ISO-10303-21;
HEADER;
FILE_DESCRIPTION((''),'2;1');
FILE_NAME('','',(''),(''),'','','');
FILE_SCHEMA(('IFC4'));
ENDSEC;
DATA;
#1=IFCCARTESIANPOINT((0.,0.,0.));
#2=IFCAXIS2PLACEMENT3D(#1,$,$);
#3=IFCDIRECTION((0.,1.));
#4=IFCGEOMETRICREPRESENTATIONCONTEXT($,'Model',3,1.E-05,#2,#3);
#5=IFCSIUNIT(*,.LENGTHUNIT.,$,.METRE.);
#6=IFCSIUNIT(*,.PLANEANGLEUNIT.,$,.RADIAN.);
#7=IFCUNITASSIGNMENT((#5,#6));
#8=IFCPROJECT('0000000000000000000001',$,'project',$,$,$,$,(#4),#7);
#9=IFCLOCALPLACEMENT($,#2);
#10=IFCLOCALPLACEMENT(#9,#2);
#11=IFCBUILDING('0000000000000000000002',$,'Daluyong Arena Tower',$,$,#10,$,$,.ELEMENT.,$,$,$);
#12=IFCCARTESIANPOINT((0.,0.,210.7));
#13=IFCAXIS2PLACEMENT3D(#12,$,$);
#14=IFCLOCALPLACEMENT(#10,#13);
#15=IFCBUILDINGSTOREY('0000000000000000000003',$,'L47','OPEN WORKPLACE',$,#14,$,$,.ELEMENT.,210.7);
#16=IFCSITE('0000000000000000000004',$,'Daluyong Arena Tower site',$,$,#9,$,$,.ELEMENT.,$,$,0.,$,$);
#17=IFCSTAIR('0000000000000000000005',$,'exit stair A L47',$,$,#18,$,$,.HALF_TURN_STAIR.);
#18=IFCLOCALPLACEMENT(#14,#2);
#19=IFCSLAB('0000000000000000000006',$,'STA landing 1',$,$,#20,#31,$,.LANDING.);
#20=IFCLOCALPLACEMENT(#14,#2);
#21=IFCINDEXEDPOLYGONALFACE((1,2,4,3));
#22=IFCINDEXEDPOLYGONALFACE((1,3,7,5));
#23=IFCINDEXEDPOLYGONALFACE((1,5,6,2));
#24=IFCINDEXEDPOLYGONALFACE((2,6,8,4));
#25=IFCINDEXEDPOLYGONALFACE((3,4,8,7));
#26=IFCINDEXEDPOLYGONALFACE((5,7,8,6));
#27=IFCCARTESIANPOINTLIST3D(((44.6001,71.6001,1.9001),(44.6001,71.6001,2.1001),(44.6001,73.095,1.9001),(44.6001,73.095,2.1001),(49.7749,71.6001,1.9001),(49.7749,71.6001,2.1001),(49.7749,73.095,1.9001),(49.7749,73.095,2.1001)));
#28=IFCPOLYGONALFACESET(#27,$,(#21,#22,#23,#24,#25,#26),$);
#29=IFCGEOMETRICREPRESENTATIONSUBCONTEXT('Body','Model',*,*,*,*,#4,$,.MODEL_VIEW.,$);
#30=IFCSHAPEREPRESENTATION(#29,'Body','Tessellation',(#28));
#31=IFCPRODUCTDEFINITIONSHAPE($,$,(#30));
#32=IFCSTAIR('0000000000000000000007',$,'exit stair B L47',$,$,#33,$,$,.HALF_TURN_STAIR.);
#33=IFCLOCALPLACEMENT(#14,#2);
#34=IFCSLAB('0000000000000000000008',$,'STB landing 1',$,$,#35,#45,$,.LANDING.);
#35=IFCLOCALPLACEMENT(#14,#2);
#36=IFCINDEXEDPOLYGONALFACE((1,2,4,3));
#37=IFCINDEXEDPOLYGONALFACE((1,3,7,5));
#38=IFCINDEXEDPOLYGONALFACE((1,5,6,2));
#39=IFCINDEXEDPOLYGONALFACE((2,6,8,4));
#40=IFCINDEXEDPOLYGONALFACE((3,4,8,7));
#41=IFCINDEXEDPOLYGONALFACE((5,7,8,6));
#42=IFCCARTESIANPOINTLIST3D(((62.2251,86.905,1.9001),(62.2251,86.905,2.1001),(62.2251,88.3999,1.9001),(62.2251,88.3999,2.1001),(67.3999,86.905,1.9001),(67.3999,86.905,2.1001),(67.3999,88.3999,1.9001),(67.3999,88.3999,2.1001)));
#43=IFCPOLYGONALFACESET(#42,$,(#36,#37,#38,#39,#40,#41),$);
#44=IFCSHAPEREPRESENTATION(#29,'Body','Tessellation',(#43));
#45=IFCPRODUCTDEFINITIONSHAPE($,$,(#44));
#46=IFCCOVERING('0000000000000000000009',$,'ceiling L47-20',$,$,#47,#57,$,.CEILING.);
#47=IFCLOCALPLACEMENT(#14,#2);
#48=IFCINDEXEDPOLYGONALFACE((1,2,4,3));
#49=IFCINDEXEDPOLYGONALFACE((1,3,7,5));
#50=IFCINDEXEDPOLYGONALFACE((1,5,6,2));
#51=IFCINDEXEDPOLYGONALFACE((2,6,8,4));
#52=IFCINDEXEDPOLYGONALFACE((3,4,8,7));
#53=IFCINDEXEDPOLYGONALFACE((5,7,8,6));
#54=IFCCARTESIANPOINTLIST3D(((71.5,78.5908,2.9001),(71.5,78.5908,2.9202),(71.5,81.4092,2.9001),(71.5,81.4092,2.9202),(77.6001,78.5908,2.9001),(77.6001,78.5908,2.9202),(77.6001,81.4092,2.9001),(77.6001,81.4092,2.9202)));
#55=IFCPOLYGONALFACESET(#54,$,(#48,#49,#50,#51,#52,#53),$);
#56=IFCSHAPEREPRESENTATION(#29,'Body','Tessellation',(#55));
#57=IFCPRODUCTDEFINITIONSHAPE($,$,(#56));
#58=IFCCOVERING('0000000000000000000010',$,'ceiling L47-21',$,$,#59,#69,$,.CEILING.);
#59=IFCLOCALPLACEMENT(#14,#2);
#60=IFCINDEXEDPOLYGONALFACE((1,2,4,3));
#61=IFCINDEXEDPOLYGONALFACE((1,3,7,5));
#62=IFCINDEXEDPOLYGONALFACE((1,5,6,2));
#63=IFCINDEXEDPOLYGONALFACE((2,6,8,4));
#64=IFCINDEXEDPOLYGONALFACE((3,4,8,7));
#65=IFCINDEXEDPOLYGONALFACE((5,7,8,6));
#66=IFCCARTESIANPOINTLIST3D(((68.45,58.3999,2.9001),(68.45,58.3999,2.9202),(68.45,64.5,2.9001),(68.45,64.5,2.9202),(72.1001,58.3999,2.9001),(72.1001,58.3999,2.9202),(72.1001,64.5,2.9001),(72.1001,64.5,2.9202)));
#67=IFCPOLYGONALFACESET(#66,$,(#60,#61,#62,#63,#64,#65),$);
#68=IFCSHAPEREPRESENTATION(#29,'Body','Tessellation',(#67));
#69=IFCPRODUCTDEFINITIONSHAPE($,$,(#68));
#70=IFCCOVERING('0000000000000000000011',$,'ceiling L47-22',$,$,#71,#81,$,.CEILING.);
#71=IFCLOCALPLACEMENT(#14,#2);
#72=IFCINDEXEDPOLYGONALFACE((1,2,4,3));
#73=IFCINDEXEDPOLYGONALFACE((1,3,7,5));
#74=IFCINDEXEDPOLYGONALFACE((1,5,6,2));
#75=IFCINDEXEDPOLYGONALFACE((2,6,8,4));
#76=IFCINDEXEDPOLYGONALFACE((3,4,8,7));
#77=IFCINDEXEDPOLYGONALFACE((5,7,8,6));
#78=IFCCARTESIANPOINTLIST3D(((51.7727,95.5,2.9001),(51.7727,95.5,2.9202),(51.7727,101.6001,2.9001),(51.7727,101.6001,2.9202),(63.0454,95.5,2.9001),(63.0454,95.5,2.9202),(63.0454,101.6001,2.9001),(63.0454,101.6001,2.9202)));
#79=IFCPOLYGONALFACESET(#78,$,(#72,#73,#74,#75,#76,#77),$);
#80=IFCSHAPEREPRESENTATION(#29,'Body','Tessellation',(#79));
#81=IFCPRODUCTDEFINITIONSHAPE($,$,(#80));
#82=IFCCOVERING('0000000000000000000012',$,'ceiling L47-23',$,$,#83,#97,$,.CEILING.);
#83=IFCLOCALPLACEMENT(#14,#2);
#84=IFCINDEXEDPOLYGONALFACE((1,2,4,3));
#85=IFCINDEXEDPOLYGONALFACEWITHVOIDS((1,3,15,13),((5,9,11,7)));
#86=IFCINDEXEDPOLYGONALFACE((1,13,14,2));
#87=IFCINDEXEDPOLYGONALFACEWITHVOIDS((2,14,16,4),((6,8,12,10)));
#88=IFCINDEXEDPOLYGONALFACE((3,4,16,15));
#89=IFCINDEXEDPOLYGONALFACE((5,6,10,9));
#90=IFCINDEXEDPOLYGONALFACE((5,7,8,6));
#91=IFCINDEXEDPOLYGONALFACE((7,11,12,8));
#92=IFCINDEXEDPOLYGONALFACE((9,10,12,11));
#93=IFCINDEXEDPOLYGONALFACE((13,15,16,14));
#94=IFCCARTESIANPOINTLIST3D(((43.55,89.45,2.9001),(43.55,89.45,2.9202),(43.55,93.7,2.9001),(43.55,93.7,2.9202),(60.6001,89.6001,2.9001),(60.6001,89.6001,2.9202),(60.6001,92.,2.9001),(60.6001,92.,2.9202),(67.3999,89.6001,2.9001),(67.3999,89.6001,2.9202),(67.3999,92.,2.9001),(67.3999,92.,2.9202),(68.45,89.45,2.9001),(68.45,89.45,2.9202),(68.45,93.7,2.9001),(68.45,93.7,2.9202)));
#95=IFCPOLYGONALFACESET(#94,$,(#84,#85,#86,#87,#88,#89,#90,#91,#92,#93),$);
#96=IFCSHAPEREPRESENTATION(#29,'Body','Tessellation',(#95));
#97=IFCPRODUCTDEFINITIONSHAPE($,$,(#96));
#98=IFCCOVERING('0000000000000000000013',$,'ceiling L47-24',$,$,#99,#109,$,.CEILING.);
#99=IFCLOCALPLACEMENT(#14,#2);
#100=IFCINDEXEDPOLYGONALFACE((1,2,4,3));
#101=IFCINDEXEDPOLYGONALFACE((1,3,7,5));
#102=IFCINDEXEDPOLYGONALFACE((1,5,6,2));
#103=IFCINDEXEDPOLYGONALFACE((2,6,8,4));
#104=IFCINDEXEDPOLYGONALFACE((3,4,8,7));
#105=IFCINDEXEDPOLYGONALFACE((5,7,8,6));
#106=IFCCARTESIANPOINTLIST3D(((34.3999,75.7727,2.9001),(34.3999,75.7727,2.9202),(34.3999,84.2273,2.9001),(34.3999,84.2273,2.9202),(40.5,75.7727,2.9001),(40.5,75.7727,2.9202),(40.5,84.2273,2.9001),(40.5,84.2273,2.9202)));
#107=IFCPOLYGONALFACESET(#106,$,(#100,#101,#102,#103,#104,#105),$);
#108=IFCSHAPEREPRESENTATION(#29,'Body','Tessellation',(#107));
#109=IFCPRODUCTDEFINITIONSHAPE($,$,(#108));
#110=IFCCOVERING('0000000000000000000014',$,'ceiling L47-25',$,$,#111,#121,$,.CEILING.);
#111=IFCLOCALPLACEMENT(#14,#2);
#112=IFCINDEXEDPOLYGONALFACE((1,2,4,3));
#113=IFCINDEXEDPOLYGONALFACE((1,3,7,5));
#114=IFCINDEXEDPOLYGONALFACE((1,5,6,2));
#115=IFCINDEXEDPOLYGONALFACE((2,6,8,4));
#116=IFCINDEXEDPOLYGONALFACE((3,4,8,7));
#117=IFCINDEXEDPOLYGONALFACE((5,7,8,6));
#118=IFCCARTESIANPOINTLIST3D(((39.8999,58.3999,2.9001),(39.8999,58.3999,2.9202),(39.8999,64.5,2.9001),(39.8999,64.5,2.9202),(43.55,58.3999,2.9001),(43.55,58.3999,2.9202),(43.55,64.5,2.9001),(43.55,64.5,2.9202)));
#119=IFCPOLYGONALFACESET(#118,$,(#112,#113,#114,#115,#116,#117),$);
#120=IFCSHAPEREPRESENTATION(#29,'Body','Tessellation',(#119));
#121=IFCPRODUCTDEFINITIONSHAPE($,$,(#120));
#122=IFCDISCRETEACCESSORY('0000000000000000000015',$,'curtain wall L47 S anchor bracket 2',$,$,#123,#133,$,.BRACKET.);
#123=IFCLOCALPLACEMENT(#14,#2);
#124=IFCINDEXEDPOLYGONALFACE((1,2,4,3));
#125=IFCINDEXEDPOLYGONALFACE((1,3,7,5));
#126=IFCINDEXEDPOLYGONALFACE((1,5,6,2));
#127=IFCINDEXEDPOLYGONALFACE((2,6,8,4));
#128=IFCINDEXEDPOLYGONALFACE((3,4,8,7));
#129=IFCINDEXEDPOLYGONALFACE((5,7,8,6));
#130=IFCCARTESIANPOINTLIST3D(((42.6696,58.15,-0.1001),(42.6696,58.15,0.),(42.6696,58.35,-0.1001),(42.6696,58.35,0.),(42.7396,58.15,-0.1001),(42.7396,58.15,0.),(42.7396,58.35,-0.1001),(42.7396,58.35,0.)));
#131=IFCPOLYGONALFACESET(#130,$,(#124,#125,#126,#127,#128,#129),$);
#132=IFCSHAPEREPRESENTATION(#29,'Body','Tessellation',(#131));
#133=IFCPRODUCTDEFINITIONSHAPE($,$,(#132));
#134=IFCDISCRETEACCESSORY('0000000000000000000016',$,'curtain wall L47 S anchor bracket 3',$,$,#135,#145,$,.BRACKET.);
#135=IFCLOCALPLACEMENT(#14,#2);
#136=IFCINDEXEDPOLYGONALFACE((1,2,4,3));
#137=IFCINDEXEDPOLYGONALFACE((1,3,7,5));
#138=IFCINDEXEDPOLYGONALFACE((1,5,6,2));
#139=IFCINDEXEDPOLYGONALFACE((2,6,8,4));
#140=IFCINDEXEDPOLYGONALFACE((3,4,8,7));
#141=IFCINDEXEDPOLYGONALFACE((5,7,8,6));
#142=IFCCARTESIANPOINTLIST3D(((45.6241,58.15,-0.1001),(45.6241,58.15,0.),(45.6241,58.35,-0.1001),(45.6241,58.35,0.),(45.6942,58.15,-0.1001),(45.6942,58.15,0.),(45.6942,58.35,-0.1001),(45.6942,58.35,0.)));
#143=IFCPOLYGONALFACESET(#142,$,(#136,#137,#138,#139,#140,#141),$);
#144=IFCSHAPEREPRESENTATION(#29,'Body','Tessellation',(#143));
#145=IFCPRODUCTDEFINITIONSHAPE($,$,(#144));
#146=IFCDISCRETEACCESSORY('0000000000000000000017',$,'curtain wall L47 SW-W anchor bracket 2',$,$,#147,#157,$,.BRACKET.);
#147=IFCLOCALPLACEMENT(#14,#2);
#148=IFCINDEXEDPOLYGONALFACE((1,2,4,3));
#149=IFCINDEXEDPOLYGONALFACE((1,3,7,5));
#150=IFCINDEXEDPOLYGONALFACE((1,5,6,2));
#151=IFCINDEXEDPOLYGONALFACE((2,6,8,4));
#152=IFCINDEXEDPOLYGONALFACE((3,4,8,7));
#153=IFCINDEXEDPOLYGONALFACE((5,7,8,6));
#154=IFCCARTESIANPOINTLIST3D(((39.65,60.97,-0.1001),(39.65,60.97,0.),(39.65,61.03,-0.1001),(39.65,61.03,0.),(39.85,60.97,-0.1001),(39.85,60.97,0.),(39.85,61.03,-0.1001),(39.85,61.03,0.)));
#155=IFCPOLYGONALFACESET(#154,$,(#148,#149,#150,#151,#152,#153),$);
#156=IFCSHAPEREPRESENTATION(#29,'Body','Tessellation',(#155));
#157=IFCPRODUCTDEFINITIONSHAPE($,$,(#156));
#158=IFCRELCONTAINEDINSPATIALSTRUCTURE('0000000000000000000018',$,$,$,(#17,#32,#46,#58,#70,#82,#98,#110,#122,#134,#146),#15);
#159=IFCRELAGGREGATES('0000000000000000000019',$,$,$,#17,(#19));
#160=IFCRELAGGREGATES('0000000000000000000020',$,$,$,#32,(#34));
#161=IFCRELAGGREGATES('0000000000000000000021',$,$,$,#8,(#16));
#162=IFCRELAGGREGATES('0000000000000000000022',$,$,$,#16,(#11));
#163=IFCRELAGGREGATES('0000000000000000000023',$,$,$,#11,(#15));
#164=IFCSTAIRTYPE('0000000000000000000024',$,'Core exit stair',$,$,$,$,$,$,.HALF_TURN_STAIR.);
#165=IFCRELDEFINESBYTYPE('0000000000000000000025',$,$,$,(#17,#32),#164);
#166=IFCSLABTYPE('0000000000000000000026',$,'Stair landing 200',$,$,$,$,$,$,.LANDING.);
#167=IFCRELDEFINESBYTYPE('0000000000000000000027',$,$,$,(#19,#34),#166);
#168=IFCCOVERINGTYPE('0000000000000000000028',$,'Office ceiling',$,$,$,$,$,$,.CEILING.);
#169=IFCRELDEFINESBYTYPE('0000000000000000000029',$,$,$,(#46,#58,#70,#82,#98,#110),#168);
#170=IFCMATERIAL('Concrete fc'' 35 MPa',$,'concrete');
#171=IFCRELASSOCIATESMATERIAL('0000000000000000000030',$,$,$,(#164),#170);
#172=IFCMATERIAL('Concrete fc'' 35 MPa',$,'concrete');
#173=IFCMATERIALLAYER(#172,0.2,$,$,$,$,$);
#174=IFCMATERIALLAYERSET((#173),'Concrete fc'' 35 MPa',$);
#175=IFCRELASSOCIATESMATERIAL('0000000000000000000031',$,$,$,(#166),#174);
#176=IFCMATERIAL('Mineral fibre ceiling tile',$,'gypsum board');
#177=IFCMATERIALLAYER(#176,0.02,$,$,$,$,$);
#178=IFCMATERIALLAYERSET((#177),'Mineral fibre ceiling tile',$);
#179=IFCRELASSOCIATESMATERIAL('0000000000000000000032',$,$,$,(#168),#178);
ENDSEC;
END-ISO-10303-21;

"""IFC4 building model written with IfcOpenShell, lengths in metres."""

from ifc_helpers import new_model, si_unit, direction, frame, origin, origin_2d, place, context, subcontext, project, spatial, polyline, rectangle, outline, extrude, material, layer, layer_set, type_object, element, aggregate, save


model = new_model("IFC4")

# Units and contexts
model_context = context("Model", 3, precision=1e-05, world=origin(), true_north=direction((0.0, 1.0)))
body_context = subcontext(model_context, "Body", "Model", "MODEL_VIEW")
ifc_project = project(units=[si_unit("LENGTHUNIT", "METRE"), si_unit("PLANEANGLEUNIT", "RADIAN")], contexts=[model_context])

# Site, building, storey
site_placement = place(None, origin())
site = spatial("IfcSite", under=ifc_project, at=site_placement, Name="Daluyong Arena Tower site", CompositionType="ELEMENT", RefElevation=0.0)
building_placement = place(site_placement, origin())
building = spatial("IfcBuilding", under=site, at=building_placement, Name="Daluyong Arena Tower", CompositionType="ELEMENT")
storey_placement = place(building_placement, frame((0.0, 0.0, 210.7)))
storey = spatial("IfcBuildingStorey", under=building, at=storey_placement, Name="L47", Description="OPEN WORKPLACE", CompositionType="ELEMENT", Elevation=210.7)

# Stairs, slabs
ifc_material_1 = material(Name="Concrete fc' 35 MPa", Category="concrete")
stair_type = type_object("IfcStairType", Name="Core exit stair", PredefinedType="HALF_TURN_STAIR", material=ifc_material_1)
stair_1_placement = place(storey_placement, origin())
stair_1 = element("IfcStair", 1, at=stair_1_placement, inside=storey, type_object=stair_type, Name="exit stair A L47", PredefinedType="HALF_TURN_STAIR")
ifc_material_2 = material(Name="Concrete fc' 35 MPa", Category="concrete")
ifc_layer_1 = layer(ifc_material_2, 0.2)
ifc_layer_set_1 = layer_set([ifc_layer_1], Name="Concrete fc' 35 MPa")
slab_type = type_object("IfcSlabType", Name="Stair landing 200", PredefinedType="LANDING", material=ifc_layer_set_1)
slab_1_placement = place(storey_placement, frame((0.0, 0.0, 1.9001)))
slab_1 = element("IfcSlab", 2, at=slab_1_placement, type_object=slab_type, Name="STA landing 1", PredefinedType="LANDING", context=body_context, shape_type="SweptSolid", body=[
    extrude(outline(polyline([(44.6001, 71.6001), (49.7749, 71.6001), (49.7749, 73.095), (44.6001, 73.095), (44.6001, 71.6001)])), origin(), (0.0, 0.0, 1.0), 0.2),
])
aggregate(stair_1, [slab_1])
stair_2_placement = place(storey_placement, origin())
stair_2 = element("IfcStair", 3, at=stair_2_placement, inside=storey, type_object=stair_type, Name="exit stair B L47", PredefinedType="HALF_TURN_STAIR")
slab_2_placement = place(storey_placement, frame((0.0, 0.0, 1.9001)))
slab_2 = element("IfcSlab", 4, at=slab_2_placement, type_object=slab_type, Name="STB landing 1", PredefinedType="LANDING", context=body_context, shape_type="SweptSolid", body=[
    extrude(outline(polyline([(62.2251, 86.905), (67.3999, 86.905), (67.3999, 88.3999), (62.2251, 88.3999), (62.2251, 86.905)])), origin(), (0.0, 0.0, 1.0), 0.2),
])
aggregate(stair_2, [slab_2])

# Coverings
ifc_material_3 = material(Name="Mineral fibre ceiling tile", Category="gypsum board")
ifc_layer_2 = layer(ifc_material_3, 0.02)
ifc_layer_set_2 = layer_set([ifc_layer_2], Name="Mineral fibre ceiling tile")
covering_type = type_object("IfcCoveringType", Name="Office ceiling", PredefinedType="CEILING", material=ifc_layer_set_2)
covering_1_placement = place(storey_placement, frame((0.0, 0.0, 2.9001)))
element("IfcCovering", 5, at=covering_1_placement, inside=storey, type_object=covering_type, Name="ceiling L47-20", PredefinedType="CEILING", context=body_context, shape_type="SweptSolid", body=[
    extrude(outline(polyline([(71.5, 78.5908), (77.6001, 78.5908), (77.6001, 81.4092), (71.5, 81.4092), (71.5, 78.5908)])), origin(), (0.0, 0.0, 1.0), 0.02),
])
covering_2_placement = place(storey_placement, frame((0.0, 0.0, 2.9001)))
element("IfcCovering", 6, at=covering_2_placement, inside=storey, type_object=covering_type, Name="ceiling L47-21", PredefinedType="CEILING", context=body_context, shape_type="SweptSolid", body=[
    extrude(outline(polyline([(72.1001, 58.3999), (72.1001, 64.5), (68.45, 64.5), (68.45, 58.3999), (72.1001, 58.3999)])), origin(), (0.0, 0.0, 1.0), 0.02),
])
covering_3_placement = place(storey_placement, frame((0.0, 0.0, 2.9001)))
element("IfcCovering", 7, at=covering_3_placement, inside=storey, type_object=covering_type, Name="ceiling L47-22", PredefinedType="CEILING", context=body_context, shape_type="SweptSolid", body=[
    extrude(outline(polyline([(63.0454, 101.6001), (51.7727, 101.6001), (51.7727, 95.5), (63.0454, 95.5), (63.0454, 101.6001)])), origin(), (0.0, 0.0, 1.0), 0.02),
])
covering_4_placement = place(storey_placement, frame((0.0, 0.0, 2.9001)))
element("IfcCovering", 8, at=covering_4_placement, inside=storey, type_object=covering_type, Name="ceiling L47-23", PredefinedType="CEILING", context=body_context, shape_type="SweptSolid", body=[
    extrude(outline(polyline([(43.55, 89.45), (68.45, 89.45), (68.45, 93.7), (43.55, 93.7), (43.55, 89.45)]), holes=[polyline([(67.3999, 89.6001), (60.6001, 89.6001), (60.6001, 92.0), (67.3999, 92.0), (67.3999, 89.6001)])]), origin(), (0.0, 0.0, 1.0), 0.02),
])
covering_5_placement = place(storey_placement, frame((0.0, 0.0, 2.9001)))
element("IfcCovering", 9, at=covering_5_placement, inside=storey, type_object=covering_type, Name="ceiling L47-24", PredefinedType="CEILING", context=body_context, shape_type="SweptSolid", body=[
    extrude(outline(polyline([(34.3999, 84.2273), (34.3999, 75.7727), (40.5, 75.7727), (40.5, 84.2273), (34.3999, 84.2273)])), origin(), (0.0, 0.0, 1.0), 0.02),
])
covering_6_placement = place(storey_placement, frame((0.0, 0.0, 2.9001)))
element("IfcCovering", 10, at=covering_6_placement, inside=storey, type_object=covering_type, Name="ceiling L47-25", PredefinedType="CEILING", context=body_context, shape_type="SweptSolid", body=[
    extrude(outline(polyline([(39.8999, 58.3999), (43.55, 58.3999), (43.55, 64.5), (39.8999, 64.5), (39.8999, 58.3999)])), origin(), (0.0, 0.0, 1.0), 0.02),
])

# Discrete accessories
for number, where, z_axis, x_axis, name in (
    (11, (42.7046, 58.25, -0.1001), (0.0, 0.0, 1.0), (1.0, 0.0, 0.0), "curtain wall L47 S anchor bracket 2"),
    (12, (45.6592, 58.25, -0.1001), (0.0, 0.0, 1.0), (1.0, 0.0, 0.0), "curtain wall L47 S anchor bracket 3"),
):
    element("IfcDiscreteAccessory", number, at=place(storey_placement, frame(where, z_axis=z_axis, x_axis=x_axis)), inside=storey, Name=name, PredefinedType="BRACKET", context=body_context, shape_type="SweptSolid", body=[
        extrude(rectangle(XDim=0.0701, YDim=0.2, at=origin_2d()), origin(), (0.0, 0.0, 1.0), 0.1001),
    ])
discrete_accessory_placement = place(storey_placement, frame((39.75, 61.0, -0.1001), z_axis=(0.0, 0.0, 1.0), x_axis=(0.0, -1.0, 0.0)))
element("IfcDiscreteAccessory", 13, at=discrete_accessory_placement, inside=storey, Name="curtain wall L47 SW-W anchor bracket 2", PredefinedType="BRACKET", context=body_context, shape_type="SweptSolid", body=[
    extrude(rectangle(XDim=0.0601, YDim=0.2, at=origin_2d()), origin(), (0.0, 0.0, 1.0), 0.1001),
])

save(model, "model.ifc")
